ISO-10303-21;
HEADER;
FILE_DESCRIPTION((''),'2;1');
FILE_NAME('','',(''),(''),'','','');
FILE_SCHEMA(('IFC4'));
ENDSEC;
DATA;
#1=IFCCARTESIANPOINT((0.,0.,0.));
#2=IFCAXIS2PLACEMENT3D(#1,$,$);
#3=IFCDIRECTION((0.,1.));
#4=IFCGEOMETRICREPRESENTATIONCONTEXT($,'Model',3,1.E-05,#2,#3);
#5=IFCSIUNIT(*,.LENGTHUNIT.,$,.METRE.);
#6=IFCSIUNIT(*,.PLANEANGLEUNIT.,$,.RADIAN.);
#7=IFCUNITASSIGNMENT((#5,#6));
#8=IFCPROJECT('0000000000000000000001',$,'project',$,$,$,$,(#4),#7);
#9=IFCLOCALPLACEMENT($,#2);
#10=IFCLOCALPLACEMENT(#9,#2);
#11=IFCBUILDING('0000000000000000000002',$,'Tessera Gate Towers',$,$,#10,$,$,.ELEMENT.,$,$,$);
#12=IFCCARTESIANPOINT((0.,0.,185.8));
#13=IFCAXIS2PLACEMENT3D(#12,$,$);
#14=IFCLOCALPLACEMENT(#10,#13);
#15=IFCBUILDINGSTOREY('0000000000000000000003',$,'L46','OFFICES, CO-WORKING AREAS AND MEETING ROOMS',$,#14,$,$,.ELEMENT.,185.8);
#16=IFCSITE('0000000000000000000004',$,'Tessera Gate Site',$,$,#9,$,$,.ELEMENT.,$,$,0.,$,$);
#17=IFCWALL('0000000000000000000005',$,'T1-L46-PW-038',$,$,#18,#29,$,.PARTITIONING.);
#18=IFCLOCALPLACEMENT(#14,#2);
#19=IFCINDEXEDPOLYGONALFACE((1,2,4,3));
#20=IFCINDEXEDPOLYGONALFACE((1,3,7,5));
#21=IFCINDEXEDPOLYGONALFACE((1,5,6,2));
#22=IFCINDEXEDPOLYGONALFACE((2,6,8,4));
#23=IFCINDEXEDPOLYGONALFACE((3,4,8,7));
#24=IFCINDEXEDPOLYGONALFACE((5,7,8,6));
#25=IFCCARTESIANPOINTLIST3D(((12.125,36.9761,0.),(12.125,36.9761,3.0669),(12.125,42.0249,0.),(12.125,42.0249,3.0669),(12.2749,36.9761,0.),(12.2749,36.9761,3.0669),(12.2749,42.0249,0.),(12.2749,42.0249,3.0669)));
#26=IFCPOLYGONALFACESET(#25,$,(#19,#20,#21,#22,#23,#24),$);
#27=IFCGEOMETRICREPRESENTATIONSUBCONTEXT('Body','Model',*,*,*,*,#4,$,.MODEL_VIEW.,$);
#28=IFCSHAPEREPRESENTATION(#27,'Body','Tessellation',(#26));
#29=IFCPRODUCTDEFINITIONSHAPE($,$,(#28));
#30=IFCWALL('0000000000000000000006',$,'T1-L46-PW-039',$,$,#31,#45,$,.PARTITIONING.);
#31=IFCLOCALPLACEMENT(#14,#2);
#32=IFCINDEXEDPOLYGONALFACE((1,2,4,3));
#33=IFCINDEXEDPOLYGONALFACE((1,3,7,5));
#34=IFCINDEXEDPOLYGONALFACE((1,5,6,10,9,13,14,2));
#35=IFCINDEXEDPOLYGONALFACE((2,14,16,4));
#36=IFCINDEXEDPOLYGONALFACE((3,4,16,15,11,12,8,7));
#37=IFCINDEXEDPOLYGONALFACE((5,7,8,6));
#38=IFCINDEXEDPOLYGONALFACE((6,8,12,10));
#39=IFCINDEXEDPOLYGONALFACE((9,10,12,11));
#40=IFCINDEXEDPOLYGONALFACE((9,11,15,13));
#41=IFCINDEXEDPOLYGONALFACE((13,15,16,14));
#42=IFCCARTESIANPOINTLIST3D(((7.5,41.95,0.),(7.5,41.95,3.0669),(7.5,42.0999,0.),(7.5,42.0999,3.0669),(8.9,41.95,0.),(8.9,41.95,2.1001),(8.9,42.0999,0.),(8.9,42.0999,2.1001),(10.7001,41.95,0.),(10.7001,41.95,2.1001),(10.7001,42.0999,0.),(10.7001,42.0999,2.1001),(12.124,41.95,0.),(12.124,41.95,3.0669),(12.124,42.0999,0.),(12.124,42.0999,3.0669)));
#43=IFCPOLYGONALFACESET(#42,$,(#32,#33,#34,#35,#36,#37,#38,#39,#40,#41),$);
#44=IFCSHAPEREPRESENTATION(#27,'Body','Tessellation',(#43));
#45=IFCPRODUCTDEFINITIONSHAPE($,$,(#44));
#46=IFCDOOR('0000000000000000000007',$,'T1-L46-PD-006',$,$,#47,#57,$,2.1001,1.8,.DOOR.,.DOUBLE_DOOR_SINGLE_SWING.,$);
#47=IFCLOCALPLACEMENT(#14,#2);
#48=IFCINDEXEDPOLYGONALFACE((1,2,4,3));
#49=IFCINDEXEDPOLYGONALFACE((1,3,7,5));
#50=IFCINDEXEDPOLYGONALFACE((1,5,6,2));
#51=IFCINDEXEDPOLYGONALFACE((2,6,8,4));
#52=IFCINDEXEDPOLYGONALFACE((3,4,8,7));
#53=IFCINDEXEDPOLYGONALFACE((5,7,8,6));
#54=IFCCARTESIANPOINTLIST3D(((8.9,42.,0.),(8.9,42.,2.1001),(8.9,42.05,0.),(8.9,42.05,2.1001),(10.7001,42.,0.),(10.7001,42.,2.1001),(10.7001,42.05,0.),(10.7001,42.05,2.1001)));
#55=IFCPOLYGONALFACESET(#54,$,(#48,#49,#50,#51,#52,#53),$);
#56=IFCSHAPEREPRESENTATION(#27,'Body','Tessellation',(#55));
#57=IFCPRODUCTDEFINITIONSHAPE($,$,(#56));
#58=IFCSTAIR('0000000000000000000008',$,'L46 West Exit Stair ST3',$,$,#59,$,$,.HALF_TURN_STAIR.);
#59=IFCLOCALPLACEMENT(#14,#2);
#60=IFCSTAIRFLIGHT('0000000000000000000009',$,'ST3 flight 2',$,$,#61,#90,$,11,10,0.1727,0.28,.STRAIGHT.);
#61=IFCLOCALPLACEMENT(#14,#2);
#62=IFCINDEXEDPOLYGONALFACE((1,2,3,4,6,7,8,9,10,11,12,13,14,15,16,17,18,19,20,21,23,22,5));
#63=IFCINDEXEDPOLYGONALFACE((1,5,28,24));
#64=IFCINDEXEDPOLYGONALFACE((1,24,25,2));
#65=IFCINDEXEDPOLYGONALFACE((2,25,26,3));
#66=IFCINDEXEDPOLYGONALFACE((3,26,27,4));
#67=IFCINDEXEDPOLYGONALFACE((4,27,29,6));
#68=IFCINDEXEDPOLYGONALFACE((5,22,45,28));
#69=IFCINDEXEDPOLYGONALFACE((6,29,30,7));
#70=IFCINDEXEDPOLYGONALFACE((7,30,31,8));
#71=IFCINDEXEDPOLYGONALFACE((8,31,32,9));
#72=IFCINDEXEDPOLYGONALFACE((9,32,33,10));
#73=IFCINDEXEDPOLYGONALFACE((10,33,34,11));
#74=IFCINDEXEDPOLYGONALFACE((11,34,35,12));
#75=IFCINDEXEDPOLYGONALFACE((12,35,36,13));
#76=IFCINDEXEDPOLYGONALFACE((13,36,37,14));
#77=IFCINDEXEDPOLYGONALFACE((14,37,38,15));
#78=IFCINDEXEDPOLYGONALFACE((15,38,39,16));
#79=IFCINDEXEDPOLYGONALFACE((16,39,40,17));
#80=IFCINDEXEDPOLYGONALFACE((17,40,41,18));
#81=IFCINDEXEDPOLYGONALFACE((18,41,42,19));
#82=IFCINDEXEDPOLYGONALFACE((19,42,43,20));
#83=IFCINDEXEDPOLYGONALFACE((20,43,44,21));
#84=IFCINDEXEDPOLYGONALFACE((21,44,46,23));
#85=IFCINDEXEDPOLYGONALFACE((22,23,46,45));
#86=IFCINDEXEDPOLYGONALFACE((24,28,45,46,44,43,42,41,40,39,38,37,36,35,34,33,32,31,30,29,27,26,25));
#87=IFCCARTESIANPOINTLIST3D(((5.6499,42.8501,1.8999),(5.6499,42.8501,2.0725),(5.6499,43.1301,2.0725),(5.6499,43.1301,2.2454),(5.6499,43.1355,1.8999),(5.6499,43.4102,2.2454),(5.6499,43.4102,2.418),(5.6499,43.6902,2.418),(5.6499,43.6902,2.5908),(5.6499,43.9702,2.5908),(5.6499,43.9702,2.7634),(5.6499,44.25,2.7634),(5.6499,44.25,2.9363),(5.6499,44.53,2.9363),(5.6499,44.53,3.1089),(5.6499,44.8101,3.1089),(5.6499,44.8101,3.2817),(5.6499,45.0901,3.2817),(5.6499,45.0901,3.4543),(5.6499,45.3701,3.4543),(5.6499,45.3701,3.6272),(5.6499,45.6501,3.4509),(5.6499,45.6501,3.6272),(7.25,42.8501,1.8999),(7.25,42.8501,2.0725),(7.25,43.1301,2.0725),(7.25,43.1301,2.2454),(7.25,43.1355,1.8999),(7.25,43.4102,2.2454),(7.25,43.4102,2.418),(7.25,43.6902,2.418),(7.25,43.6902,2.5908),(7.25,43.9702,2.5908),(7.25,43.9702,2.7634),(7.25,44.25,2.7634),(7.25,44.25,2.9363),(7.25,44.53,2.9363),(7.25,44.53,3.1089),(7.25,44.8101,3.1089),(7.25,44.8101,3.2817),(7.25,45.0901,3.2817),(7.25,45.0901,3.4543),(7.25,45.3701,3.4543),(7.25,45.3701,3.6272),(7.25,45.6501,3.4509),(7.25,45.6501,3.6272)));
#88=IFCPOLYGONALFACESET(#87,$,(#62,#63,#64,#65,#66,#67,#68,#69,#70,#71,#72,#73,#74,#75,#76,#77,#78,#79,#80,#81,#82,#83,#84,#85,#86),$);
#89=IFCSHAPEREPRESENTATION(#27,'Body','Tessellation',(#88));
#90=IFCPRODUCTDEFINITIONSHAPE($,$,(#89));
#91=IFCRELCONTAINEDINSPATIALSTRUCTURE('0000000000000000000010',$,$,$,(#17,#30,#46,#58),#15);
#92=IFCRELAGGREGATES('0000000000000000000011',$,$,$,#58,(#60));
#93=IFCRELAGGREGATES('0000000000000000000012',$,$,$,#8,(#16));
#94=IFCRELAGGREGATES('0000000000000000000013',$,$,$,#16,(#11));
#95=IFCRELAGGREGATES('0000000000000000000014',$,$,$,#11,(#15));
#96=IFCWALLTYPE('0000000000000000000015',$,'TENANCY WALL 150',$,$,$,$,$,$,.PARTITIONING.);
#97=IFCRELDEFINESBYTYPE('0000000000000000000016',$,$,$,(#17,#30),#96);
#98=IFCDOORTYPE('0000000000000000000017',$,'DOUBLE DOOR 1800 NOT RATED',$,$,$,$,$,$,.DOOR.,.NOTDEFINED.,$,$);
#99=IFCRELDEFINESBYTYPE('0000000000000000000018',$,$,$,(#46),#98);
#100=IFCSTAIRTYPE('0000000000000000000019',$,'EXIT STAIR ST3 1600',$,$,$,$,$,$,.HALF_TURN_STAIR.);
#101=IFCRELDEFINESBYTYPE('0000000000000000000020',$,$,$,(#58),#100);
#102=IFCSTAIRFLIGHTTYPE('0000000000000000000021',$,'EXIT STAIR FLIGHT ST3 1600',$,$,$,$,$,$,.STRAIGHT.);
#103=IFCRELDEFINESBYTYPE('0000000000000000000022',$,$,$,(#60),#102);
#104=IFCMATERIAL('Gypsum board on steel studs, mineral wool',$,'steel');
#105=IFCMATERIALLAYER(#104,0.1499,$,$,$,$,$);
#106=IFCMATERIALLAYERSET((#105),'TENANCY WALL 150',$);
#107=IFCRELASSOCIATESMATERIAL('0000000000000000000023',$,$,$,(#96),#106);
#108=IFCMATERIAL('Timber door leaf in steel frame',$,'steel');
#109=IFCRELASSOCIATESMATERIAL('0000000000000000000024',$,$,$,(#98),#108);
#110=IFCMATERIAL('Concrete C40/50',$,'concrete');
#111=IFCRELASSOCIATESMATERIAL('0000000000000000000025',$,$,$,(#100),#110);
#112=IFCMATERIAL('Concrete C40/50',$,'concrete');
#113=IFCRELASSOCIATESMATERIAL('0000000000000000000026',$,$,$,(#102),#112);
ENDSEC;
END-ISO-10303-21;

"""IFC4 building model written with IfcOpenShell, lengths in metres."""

from ifc_helpers import new_model, si_unit, direction, frame, frame_2d, origin, place, context, subcontext, project, spatial, polyline, rectangle, outline, extrude, source, transform, mapped, material, layer, layer_set, type_object, element, fill, aggregate, save


model = new_model("IFC4")

# Units and contexts
model_context = context("Model", 3, precision=1e-05, world=origin(), true_north=direction((0.0, 1.0)))
body_context = subcontext(model_context, "Body", "Model", "MODEL_VIEW")
ifc_project = project(units=[si_unit("LENGTHUNIT", "METRE"), si_unit("PLANEANGLEUNIT", "RADIAN")], contexts=[model_context])

# Site, building, storey
site_placement = place(None, origin())
site = spatial("IfcSite", under=ifc_project, at=site_placement, Name="Tessera Gate Site", CompositionType="ELEMENT", RefElevation=0.0)
building_placement = place(site_placement, origin())
building = spatial("IfcBuilding", under=site, at=building_placement, Name="Tessera Gate Towers", CompositionType="ELEMENT")
storey_placement = place(building_placement, frame((0.0, 0.0, 185.8)))
storey = spatial("IfcBuildingStorey", under=building, at=storey_placement, Name="L46", Description="OFFICES, CO-WORKING AREAS AND MEETING ROOMS", CompositionType="ELEMENT", Elevation=185.8)

# Wall
ifc_material_1 = material(Name="Gypsum board on steel studs, mineral wool", Category="steel")
ifc_layer_1 = layer(ifc_material_1, 0.1499)
ifc_layer_set_1 = layer_set([ifc_layer_1], Name="TENANCY WALL 150")
wall_type_1 = type_object("IfcWallType", Name="TENANCY WALL 150", PredefinedType="PARTITIONING", material=ifc_layer_set_1)
wall_1_placement = place(storey_placement, frame((12.2, 36.9761, 0.0), z_axis=(0.0, 0.0, 1.0), x_axis=(0.0, 1.0, 0.0)))
element("IfcWall", 1, at=wall_1_placement, inside=storey, type_object=wall_type_1, Name="T1-L46-PW-038", PredefinedType="PARTITIONING", context=body_context, shape_type="SweptSolid", body=[
    extrude(rectangle(XDim=5.0488, YDim=0.1499, at=frame_2d((2.5244, 0.0))), origin(), (0.0, 0.0, 1.0), 3.0669),
])

# Wall, opening, door
wall_2_placement = place(storey_placement, frame((12.124, 42.0249, 0.0), z_axis=(0.0, 0.0, 1.0), x_axis=(-1.0, 0.0, 0.0)))
wall_2 = element("IfcWall", 2, at=wall_2_placement, inside=storey, type_object=wall_type_1, Name="T1-L46-PW-039", PredefinedType="PARTITIONING", context=body_context, shape_type="SweptSolid", body=[
    extrude(rectangle(XDim=4.624, YDim=0.1499, at=frame_2d((2.312, 0.0))), origin(), (0.0, 0.0, 1.0), 3.0669),
])
shared_shape_1 = source(origin(), body_context, "Body", "SweptSolid", [
    extrude(rectangle(XDim=1.8, YDim=2.1001, at=frame_2d((0.8999, 1.05))), frame((0.0, 0.085, 0.0), z_axis=(0.0, -1.0, 0.0), x_axis=(1.0, 0.0, 0.0)), (0.0, 0.0, 1.0), 0.1699),
])
opening_placement = place(wall_2_placement, frame((1.4241, 0.0, 0.0)))
opening = element("IfcOpeningElement", 3, at=opening_placement, cuts=wall_2, PredefinedType="OPENING", context=body_context, shape_type="MappedRepresentation", body=[
    mapped(shared_shape_1, transform((0.0, 0.0, 0.0), scale=1.0)),
])
ifc_material_2 = material(Name="Timber door leaf in steel frame", Category="steel")
door_type = type_object("IfcDoorType", Name="DOUBLE DOOR 1800 NOT RATED", OperationType="NOTDEFINED", PredefinedType="DOOR", material=ifc_material_2)
shared_shape_2 = source(origin(), body_context, "Body", "SweptSolid", [
    extrude(rectangle(XDim=1.8, YDim=2.1001, at=frame_2d((0.8999, 1.05))), frame((0.0, 0.0249, 0.0), z_axis=(0.0, -1.0, 0.0), x_axis=(1.0, 0.0, 0.0)), (0.0, 0.0, 1.0), 0.05),
])
door_placement = place(opening_placement, origin())
door = element("IfcDoor", 4, at=door_placement, inside=storey, type_object=door_type, Name="T1-L46-PD-006", OperationType="DOUBLE_DOOR_SINGLE_SWING", OverallHeight=2.1001, OverallWidth=1.8, PredefinedType="DOOR", context=body_context, shape_type="MappedRepresentation", body=[
    mapped(shared_shape_2, transform((0.0, 0.0, 0.0), scale=1.0)),
])
fill(opening, door)

# Stair, stair flight
ifc_material_3 = material(Name="Concrete C40/50", Category="concrete")
stair_type = type_object("IfcStairType", Name="EXIT STAIR ST3 1600", PredefinedType="HALF_TURN_STAIR", material=ifc_material_3)
stair_placement = place(storey_placement, origin())
stair = element("IfcStair", 5, at=stair_placement, inside=storey, type_object=stair_type, Name="L46 West Exit Stair ST3", PredefinedType="HALF_TURN_STAIR")
ifc_material_4 = material(Name="Concrete C40/50", Category="concrete")
stair_flight_type = type_object("IfcStairFlightType", Name="EXIT STAIR FLIGHT ST3 1600", PredefinedType="STRAIGHT", material=ifc_material_4)
stair_flight_placement = place(storey_placement, frame((6.45, 42.8501, 1.8999), z_axis=(0.0, 0.0, 1.0), x_axis=(0.0, 1.0, 0.0)))
stair_flight = element("IfcStairFlight", 6, at=stair_flight_placement, type_object=stair_flight_type, Name="ST3 flight 2", NumberOfRisers=11, NumberOfTreads=10, PredefinedType="STRAIGHT", RiserHeight=0.1727, TreadLength=0.28, context=body_context, shape_type="SweptSolid", body=[
    extrude(outline(polyline([(0.0, 0.0), (0.0, 0.1726), (0.28, 0.1726), (0.28, 0.3455), (0.5601, 0.3455), (0.5601, 0.5181), (0.8401, 0.5181), (0.8401, 0.6909), (1.1201, 0.6909), (1.1201, 0.8635), (1.3999, 0.8635), (1.3999, 1.0364), (1.6799, 1.0364), (1.6799, 1.209), (1.96, 1.209), (1.96, 1.3818), (2.24, 1.3818), (2.24, 1.5544), (2.52, 1.5544), (2.52, 1.7273), (2.8, 1.7273), (2.8, 1.8999), (2.8, 1.551), (0.2854, 0.0), (0.0, 0.0)])), frame((0.0, 0.8, 0.0), z_axis=(0.0, -1.0, 0.0), x_axis=(1.0, 0.0, 0.0)), (0.0, 0.0, 1.0), 1.6001),
])
aggregate(stair, [stair_flight])

save(model, "model.ifc")
